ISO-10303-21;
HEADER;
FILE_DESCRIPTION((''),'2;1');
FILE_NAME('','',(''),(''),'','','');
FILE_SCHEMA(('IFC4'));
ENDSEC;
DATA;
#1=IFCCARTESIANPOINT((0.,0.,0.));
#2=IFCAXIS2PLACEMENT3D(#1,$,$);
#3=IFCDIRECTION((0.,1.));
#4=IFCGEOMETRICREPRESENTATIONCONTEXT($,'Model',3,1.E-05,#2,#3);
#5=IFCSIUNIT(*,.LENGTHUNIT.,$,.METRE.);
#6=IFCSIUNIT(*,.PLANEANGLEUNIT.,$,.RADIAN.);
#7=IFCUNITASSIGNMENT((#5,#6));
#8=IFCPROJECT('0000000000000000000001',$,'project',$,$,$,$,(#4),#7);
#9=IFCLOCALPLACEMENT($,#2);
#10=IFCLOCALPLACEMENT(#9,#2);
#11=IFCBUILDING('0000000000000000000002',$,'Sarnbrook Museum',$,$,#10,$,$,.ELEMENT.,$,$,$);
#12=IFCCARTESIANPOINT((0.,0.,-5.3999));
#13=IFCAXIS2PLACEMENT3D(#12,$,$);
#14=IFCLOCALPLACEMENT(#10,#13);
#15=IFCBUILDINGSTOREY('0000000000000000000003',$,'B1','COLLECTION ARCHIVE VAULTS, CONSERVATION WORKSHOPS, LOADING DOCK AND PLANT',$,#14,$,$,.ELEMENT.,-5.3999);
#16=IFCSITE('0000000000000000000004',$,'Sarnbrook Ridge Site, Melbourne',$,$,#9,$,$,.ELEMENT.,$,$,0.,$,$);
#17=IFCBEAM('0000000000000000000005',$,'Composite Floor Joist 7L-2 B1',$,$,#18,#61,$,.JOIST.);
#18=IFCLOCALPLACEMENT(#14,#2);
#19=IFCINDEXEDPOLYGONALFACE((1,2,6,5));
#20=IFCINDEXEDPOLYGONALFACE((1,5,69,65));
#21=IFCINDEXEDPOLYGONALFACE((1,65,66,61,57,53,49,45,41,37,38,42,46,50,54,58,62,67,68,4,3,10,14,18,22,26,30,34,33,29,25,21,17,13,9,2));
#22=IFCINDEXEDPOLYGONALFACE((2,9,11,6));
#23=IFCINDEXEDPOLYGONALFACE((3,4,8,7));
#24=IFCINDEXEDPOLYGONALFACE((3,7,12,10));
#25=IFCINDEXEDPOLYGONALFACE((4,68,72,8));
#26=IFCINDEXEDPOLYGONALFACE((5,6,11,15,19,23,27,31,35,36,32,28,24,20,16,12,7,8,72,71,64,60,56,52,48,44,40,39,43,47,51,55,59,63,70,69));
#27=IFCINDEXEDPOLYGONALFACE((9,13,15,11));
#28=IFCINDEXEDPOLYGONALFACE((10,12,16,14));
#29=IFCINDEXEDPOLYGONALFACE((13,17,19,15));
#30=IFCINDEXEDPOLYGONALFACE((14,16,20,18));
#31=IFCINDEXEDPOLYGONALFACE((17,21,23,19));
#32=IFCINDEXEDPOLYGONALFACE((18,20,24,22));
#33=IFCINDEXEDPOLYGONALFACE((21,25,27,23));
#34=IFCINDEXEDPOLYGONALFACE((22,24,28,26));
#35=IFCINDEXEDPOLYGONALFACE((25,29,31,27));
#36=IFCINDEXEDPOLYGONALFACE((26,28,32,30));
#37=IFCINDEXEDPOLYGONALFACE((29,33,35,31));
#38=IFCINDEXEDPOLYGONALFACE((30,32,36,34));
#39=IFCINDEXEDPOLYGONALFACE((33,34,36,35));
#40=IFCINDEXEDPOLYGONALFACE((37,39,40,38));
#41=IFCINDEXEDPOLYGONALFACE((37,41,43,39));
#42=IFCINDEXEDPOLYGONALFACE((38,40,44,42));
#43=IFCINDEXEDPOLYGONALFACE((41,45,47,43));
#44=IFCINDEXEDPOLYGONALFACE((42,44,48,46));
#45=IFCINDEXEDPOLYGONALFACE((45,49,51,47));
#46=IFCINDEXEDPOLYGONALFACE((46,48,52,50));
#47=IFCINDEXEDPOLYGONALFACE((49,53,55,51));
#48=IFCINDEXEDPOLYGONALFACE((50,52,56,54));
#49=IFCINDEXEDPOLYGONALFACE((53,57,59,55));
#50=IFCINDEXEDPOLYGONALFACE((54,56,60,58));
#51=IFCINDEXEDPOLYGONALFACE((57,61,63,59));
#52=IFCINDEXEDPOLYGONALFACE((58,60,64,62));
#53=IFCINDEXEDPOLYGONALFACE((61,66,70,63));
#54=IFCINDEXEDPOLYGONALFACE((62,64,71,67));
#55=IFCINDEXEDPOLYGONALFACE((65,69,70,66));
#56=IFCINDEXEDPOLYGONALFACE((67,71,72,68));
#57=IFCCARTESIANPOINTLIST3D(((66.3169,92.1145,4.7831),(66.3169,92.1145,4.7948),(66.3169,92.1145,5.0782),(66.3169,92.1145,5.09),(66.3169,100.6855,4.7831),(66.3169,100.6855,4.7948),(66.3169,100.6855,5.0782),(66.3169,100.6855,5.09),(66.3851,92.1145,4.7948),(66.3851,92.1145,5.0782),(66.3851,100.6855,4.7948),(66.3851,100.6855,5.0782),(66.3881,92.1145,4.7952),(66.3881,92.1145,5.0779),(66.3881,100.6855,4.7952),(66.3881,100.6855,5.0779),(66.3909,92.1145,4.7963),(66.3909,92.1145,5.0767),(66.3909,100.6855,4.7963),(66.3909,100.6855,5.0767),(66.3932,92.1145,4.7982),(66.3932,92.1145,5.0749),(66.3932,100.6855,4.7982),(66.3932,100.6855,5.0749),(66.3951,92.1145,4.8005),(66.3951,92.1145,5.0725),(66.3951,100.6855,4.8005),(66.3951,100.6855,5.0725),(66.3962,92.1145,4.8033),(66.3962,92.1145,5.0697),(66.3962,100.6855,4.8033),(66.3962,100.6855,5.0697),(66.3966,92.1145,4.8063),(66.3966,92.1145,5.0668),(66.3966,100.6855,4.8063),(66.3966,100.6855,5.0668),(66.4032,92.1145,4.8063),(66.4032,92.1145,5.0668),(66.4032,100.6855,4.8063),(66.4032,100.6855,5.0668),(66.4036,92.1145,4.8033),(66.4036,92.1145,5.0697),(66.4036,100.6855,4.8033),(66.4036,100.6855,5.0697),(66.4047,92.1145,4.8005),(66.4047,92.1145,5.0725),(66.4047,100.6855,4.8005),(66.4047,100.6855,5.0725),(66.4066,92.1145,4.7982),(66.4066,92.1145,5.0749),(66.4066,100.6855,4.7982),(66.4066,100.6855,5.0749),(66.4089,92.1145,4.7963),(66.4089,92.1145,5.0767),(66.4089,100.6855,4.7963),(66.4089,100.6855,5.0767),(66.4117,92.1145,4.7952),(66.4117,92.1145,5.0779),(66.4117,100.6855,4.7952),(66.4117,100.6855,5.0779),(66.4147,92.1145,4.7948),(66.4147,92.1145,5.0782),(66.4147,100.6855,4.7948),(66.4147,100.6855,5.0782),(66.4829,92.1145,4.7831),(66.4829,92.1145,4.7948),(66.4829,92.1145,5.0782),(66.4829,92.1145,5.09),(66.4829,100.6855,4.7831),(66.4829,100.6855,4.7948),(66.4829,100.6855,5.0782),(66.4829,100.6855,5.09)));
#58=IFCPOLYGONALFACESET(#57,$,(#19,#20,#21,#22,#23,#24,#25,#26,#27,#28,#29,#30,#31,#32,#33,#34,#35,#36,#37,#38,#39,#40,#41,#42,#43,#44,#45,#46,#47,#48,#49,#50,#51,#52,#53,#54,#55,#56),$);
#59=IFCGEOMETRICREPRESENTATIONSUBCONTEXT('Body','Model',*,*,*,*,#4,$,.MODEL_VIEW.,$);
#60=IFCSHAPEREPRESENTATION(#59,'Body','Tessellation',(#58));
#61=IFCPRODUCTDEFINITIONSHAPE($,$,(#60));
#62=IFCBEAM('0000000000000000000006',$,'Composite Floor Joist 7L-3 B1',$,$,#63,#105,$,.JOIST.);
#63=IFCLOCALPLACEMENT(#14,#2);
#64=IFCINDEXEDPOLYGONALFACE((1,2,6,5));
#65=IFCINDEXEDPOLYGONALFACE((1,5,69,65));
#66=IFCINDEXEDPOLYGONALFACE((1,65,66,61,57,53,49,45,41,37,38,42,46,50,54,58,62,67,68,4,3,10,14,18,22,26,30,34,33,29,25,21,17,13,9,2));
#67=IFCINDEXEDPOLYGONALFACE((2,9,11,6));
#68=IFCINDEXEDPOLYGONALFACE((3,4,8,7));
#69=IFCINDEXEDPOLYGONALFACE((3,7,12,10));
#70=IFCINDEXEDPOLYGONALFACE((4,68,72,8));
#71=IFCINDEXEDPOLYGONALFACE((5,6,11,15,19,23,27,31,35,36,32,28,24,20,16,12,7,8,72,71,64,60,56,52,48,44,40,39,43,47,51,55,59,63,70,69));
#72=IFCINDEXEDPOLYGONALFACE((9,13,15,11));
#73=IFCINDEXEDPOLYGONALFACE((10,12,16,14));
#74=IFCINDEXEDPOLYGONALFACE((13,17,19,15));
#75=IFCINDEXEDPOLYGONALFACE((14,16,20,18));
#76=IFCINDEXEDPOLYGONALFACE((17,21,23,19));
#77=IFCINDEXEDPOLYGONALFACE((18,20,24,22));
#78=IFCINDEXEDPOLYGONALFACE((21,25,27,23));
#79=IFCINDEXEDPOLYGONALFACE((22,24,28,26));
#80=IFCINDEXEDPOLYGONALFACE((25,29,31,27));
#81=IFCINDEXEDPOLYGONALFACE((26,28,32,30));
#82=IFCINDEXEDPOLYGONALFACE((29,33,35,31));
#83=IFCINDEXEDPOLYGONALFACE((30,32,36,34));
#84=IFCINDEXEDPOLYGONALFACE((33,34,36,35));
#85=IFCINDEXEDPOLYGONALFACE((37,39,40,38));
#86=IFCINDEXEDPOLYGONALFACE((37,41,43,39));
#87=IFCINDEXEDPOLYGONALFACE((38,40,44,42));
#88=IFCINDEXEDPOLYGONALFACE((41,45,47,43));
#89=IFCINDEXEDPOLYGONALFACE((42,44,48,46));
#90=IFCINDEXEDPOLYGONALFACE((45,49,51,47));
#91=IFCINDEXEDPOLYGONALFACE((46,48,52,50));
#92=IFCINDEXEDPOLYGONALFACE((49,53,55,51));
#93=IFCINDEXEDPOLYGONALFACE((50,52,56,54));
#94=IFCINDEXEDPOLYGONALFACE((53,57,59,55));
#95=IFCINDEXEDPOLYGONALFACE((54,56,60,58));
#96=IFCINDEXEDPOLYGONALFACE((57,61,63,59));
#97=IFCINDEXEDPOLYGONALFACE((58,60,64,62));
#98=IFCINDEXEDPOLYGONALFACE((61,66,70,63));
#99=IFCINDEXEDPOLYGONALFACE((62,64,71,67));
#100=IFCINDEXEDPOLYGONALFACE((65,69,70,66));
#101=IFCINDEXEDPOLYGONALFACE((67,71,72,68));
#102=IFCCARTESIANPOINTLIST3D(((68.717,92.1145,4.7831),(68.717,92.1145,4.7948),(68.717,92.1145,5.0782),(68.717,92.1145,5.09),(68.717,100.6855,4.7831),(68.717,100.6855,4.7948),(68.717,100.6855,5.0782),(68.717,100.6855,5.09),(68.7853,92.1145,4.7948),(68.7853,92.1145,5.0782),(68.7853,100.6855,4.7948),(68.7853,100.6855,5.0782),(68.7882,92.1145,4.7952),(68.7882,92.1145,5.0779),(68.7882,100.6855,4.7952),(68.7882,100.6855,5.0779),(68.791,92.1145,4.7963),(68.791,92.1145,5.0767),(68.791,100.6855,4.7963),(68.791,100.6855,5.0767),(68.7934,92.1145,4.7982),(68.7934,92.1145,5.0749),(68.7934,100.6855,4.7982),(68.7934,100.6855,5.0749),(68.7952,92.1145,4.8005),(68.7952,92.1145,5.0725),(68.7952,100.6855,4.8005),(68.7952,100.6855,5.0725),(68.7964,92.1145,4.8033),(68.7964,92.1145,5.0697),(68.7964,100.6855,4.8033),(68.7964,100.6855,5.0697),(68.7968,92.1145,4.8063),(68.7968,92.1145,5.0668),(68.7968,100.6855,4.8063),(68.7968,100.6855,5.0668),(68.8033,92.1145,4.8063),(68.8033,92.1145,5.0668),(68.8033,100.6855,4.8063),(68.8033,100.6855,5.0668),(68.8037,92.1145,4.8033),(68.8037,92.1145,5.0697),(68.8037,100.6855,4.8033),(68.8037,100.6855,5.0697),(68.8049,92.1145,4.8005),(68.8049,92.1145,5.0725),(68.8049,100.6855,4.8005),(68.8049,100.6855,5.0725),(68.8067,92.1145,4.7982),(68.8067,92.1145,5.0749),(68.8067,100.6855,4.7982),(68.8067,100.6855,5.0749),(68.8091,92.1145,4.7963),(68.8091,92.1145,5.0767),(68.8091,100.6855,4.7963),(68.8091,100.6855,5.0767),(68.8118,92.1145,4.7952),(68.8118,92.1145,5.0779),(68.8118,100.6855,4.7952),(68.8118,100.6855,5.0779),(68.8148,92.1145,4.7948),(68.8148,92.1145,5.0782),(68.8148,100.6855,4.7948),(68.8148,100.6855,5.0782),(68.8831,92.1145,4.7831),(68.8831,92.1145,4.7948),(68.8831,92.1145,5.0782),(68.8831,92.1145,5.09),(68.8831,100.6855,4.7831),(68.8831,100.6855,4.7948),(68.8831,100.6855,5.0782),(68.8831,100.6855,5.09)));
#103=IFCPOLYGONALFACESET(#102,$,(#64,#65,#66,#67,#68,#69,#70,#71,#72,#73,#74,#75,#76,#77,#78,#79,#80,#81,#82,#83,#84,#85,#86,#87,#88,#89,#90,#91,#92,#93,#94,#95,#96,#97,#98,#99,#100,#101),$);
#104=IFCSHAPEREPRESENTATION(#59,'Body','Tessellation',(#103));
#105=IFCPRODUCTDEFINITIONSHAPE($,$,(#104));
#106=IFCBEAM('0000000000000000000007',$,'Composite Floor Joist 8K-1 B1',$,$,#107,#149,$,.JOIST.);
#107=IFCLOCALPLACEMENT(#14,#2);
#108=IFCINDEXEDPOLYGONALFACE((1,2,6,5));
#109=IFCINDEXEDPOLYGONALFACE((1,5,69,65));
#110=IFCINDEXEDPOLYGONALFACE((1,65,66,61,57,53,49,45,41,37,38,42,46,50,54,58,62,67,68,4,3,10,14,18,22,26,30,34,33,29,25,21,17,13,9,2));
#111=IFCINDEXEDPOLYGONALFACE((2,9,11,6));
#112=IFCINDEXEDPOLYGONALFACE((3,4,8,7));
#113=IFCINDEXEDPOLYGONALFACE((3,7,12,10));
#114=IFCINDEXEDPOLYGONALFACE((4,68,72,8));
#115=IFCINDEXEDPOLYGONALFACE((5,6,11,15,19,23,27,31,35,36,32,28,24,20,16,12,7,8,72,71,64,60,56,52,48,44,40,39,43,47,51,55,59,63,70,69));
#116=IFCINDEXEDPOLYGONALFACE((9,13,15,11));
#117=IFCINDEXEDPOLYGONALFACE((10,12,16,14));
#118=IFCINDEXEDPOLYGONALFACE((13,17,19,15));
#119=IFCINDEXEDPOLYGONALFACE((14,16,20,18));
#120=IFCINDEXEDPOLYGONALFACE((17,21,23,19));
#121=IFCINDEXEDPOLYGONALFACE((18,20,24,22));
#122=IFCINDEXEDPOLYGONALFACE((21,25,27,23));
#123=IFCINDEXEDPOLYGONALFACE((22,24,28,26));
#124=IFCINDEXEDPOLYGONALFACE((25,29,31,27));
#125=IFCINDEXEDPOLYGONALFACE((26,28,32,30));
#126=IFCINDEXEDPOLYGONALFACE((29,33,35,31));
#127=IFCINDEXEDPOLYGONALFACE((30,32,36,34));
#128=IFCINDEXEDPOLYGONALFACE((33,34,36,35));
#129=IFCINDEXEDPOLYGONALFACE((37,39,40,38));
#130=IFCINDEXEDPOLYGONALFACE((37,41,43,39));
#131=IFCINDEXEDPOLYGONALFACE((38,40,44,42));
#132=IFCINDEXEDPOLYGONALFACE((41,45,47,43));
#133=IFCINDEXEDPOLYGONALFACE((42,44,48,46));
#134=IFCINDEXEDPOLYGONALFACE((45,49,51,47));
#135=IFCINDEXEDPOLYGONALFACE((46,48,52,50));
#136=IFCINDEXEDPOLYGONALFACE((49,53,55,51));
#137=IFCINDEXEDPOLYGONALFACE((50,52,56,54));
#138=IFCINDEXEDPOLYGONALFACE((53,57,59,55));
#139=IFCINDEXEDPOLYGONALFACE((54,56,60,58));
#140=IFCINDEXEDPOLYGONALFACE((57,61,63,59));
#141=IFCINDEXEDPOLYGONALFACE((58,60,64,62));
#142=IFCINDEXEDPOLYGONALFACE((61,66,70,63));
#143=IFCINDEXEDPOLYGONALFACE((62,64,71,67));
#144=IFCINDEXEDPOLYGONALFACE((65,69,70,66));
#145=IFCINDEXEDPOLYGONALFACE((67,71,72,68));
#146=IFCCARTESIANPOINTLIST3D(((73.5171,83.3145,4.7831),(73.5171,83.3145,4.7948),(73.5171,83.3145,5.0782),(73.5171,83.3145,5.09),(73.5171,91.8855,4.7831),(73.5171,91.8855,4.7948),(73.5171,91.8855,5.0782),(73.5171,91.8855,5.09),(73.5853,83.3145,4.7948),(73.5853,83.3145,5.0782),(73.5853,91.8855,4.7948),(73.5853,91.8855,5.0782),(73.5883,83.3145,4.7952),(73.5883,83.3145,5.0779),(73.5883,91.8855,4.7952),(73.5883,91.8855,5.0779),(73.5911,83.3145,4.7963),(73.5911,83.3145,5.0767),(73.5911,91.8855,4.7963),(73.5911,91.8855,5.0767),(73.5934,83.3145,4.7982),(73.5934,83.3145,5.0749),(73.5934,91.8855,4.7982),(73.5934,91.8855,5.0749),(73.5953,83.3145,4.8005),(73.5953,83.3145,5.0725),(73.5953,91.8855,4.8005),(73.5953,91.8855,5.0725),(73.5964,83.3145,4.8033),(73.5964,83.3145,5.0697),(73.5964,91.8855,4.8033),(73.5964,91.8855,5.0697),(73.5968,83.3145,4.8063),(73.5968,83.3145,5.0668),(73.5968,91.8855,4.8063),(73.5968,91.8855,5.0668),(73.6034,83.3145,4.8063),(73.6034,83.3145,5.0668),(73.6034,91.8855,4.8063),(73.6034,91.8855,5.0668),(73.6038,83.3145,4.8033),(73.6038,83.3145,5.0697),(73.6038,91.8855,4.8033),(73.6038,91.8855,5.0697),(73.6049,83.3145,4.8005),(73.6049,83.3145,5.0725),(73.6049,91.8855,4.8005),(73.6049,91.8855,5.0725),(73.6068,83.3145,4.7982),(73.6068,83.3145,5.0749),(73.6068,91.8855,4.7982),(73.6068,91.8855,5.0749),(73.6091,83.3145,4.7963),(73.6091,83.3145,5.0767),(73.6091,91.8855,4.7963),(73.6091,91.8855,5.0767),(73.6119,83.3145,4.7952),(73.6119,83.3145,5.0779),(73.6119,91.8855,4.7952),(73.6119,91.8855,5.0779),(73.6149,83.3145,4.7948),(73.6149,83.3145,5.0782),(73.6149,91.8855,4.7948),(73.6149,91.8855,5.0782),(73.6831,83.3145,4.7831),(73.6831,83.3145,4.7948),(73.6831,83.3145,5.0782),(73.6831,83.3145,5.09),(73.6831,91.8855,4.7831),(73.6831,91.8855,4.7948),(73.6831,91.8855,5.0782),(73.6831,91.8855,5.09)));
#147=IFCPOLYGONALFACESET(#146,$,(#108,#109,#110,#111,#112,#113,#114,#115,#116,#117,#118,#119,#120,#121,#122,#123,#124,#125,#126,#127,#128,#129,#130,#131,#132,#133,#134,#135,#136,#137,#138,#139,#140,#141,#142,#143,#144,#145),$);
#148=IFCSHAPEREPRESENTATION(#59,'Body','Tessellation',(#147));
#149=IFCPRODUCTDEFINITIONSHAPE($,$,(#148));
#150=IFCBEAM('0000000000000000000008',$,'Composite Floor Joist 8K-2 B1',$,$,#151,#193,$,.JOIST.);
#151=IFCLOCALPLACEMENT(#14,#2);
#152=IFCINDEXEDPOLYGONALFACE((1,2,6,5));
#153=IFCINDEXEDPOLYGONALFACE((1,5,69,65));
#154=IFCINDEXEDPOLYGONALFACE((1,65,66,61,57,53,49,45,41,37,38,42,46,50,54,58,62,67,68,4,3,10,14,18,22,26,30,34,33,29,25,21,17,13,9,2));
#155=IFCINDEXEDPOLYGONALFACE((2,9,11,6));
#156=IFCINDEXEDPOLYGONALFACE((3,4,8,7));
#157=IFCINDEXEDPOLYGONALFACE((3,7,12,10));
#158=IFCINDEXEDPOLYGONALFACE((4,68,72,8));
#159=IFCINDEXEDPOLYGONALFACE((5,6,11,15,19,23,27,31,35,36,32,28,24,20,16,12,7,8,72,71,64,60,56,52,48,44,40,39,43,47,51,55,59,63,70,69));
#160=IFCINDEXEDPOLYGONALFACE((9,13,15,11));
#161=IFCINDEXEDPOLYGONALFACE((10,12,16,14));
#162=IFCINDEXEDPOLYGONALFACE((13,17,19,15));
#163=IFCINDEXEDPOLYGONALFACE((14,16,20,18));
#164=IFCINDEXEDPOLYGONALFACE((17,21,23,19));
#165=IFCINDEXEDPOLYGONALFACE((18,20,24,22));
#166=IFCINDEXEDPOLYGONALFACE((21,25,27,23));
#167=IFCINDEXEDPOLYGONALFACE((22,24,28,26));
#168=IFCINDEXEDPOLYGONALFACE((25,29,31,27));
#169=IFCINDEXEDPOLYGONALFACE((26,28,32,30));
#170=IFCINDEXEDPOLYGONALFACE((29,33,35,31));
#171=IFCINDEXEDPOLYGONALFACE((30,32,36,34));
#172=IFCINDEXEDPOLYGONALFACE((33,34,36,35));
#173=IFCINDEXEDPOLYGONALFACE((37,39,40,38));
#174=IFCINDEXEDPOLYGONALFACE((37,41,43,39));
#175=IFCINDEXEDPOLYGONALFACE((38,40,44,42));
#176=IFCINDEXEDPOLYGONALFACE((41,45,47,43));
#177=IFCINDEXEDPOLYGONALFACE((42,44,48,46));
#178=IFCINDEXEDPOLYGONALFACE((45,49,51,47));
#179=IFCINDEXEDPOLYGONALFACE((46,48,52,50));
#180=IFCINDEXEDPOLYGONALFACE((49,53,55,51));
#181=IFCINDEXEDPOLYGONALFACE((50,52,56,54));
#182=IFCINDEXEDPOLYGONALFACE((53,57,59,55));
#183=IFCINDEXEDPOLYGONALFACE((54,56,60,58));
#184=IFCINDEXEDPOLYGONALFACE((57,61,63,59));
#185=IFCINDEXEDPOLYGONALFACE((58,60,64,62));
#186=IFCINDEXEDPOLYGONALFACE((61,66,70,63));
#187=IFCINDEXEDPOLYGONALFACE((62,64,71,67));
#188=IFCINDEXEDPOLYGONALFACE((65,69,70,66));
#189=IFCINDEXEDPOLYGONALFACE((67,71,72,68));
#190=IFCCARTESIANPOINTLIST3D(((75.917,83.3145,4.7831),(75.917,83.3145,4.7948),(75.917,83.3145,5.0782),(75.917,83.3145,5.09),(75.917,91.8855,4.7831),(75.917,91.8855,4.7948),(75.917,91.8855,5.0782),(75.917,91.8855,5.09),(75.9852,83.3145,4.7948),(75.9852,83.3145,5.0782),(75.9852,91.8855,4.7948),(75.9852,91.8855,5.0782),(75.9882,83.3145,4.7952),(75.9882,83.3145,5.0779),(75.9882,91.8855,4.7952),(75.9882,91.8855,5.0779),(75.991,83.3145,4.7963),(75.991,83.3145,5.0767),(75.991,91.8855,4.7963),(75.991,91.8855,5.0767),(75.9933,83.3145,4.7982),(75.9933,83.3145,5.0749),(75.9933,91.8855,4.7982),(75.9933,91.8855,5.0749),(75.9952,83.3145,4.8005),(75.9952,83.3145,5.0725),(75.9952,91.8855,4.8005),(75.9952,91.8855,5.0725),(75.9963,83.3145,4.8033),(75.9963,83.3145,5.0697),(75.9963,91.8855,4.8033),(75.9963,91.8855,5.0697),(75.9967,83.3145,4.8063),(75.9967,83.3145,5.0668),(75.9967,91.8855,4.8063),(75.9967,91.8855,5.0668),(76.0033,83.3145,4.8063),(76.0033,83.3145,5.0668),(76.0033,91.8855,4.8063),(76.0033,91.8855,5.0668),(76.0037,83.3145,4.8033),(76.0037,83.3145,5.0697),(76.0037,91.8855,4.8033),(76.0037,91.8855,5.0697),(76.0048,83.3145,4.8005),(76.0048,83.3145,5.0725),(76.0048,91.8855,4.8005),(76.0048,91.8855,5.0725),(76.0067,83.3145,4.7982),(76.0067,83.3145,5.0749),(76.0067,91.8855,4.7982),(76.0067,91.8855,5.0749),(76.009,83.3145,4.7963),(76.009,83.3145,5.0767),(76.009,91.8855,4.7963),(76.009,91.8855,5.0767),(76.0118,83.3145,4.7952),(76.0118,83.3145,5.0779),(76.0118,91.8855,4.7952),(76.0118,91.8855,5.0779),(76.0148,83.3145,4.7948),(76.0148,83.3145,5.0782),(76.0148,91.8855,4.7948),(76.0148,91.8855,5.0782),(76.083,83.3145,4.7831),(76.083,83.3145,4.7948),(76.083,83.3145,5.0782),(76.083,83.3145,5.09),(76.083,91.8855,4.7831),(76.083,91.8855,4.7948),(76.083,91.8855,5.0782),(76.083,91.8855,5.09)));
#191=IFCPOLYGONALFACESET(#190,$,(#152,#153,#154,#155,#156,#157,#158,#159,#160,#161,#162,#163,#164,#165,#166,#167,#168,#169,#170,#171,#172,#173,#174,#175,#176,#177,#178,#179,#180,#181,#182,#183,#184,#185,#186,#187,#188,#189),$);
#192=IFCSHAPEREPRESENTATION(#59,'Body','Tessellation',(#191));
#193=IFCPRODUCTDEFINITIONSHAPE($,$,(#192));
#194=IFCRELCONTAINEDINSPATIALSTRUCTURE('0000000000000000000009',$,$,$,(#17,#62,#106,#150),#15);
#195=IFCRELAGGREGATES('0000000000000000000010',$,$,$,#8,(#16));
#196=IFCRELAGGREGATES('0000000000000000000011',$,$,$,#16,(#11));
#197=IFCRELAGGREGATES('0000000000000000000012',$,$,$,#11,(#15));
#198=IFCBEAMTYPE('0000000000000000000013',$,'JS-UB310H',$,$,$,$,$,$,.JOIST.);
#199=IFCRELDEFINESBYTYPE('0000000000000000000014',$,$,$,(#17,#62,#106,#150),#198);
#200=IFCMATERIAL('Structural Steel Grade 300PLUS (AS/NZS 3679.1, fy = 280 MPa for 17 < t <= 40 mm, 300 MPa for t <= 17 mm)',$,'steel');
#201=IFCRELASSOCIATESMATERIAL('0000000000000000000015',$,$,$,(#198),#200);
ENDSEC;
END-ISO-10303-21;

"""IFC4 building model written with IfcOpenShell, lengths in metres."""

from ifc_helpers import new_model, si_unit, direction, frame, origin, origin_2d, place, context, subcontext, project, spatial, i_section, extrude, material, material_profile, profile_set, type_object, element, save


model = new_model("IFC4")

# Units and contexts
model_context = context("Model", 3, precision=1e-05, world=origin(), true_north=direction((0.0, 1.0)))
body_context = subcontext(model_context, "Body", "Model", "MODEL_VIEW")
ifc_project = project(units=[si_unit("LENGTHUNIT", "METRE"), si_unit("PLANEANGLEUNIT", "RADIAN")], contexts=[model_context])

# Site, building, storey
site_placement = place(None, origin())
site = spatial("IfcSite", under=ifc_project, at=site_placement, Name="Sarnbrook Ridge Site, Melbourne", CompositionType="ELEMENT", RefElevation=0.0)
building_placement = place(site_placement, origin())
building = spatial("IfcBuilding", under=site, at=building_placement, Name="Sarnbrook Museum", CompositionType="ELEMENT")
storey_placement = place(building_placement, frame((0.0, 0.0, -5.3999)))
storey = spatial("IfcBuildingStorey", under=building, at=storey_placement, Name="B1", Description="COLLECTION ARCHIVE VAULTS, CONSERVATION WORKSHOPS, LOADING DOCK AND PLANT", CompositionType="ELEMENT", Elevation=-5.3999)

# Beams
ifc_material_1 = material(Name="Structural Steel Grade 300PLUS (AS/NZS 3679.1, fy = 280 MPa for 17 < t <= 40 mm, 300 MPa for t <= 17 mm)", Category="steel")
ifc_material_profile_1 = material_profile(ifc_material_1, i_section(OverallWidth=0.166, OverallDepth=0.3069, WebThickness=0.0066, FlangeThickness=0.0117, FilletRadius=0.0115, at=origin_2d()), Name="310UB46.2")
ifc_profile_set_1 = profile_set([ifc_material_profile_1], Name="Structural Steel Grade 300PLUS (AS/NZS 3679.1, fy = 280 MPa for 17 < t <= 40 mm, 300 MPa for t <= 17 mm)")
beam_type_1 = type_object("IfcBeamType", Name="JS-UB310H", PredefinedType="JOIST", material=ifc_profile_set_1)
for number, where, z_axis, x_axis, name in (
    (1, (66.3999, 92.1145, 4.9365), (0.0, 1.0, 0.0), (-1.0, 0.0, 0.0), "Composite Floor Joist 7L-2 B1"),
    (2, (68.8, 92.1145, 4.9365), (0.0, 1.0, 0.0), (-1.0, 0.0, 0.0), "Composite Floor Joist 7L-3 B1"),
    (3, (73.6001, 83.3145, 4.9365), (0.0, 1.0, 0.0), (-1.0, 0.0, 0.0), "Composite Floor Joist 8K-1 B1"),
    (4, (76.0, 83.3145, 4.9365), (0.0, 1.0, 0.0), (-1.0, 0.0, 0.0), "Composite Floor Joist 8K-2 B1"),
):
    element("IfcBeam", number, at=place(storey_placement, frame(where, z_axis=z_axis, x_axis=x_axis)), inside=storey, type_object=beam_type_1, Name=name, PredefinedType="JOIST", context=body_context, shape_type="SweptSolid", body=[
        extrude(i_section(OverallWidth=0.166, OverallDepth=0.3069, WebThickness=0.0066, FlangeThickness=0.0117, FilletRadius=0.0115, at=origin_2d()), origin(), (0.0, 0.0, 1.0), 8.571),
    ])

save(model, "model.ifc")
